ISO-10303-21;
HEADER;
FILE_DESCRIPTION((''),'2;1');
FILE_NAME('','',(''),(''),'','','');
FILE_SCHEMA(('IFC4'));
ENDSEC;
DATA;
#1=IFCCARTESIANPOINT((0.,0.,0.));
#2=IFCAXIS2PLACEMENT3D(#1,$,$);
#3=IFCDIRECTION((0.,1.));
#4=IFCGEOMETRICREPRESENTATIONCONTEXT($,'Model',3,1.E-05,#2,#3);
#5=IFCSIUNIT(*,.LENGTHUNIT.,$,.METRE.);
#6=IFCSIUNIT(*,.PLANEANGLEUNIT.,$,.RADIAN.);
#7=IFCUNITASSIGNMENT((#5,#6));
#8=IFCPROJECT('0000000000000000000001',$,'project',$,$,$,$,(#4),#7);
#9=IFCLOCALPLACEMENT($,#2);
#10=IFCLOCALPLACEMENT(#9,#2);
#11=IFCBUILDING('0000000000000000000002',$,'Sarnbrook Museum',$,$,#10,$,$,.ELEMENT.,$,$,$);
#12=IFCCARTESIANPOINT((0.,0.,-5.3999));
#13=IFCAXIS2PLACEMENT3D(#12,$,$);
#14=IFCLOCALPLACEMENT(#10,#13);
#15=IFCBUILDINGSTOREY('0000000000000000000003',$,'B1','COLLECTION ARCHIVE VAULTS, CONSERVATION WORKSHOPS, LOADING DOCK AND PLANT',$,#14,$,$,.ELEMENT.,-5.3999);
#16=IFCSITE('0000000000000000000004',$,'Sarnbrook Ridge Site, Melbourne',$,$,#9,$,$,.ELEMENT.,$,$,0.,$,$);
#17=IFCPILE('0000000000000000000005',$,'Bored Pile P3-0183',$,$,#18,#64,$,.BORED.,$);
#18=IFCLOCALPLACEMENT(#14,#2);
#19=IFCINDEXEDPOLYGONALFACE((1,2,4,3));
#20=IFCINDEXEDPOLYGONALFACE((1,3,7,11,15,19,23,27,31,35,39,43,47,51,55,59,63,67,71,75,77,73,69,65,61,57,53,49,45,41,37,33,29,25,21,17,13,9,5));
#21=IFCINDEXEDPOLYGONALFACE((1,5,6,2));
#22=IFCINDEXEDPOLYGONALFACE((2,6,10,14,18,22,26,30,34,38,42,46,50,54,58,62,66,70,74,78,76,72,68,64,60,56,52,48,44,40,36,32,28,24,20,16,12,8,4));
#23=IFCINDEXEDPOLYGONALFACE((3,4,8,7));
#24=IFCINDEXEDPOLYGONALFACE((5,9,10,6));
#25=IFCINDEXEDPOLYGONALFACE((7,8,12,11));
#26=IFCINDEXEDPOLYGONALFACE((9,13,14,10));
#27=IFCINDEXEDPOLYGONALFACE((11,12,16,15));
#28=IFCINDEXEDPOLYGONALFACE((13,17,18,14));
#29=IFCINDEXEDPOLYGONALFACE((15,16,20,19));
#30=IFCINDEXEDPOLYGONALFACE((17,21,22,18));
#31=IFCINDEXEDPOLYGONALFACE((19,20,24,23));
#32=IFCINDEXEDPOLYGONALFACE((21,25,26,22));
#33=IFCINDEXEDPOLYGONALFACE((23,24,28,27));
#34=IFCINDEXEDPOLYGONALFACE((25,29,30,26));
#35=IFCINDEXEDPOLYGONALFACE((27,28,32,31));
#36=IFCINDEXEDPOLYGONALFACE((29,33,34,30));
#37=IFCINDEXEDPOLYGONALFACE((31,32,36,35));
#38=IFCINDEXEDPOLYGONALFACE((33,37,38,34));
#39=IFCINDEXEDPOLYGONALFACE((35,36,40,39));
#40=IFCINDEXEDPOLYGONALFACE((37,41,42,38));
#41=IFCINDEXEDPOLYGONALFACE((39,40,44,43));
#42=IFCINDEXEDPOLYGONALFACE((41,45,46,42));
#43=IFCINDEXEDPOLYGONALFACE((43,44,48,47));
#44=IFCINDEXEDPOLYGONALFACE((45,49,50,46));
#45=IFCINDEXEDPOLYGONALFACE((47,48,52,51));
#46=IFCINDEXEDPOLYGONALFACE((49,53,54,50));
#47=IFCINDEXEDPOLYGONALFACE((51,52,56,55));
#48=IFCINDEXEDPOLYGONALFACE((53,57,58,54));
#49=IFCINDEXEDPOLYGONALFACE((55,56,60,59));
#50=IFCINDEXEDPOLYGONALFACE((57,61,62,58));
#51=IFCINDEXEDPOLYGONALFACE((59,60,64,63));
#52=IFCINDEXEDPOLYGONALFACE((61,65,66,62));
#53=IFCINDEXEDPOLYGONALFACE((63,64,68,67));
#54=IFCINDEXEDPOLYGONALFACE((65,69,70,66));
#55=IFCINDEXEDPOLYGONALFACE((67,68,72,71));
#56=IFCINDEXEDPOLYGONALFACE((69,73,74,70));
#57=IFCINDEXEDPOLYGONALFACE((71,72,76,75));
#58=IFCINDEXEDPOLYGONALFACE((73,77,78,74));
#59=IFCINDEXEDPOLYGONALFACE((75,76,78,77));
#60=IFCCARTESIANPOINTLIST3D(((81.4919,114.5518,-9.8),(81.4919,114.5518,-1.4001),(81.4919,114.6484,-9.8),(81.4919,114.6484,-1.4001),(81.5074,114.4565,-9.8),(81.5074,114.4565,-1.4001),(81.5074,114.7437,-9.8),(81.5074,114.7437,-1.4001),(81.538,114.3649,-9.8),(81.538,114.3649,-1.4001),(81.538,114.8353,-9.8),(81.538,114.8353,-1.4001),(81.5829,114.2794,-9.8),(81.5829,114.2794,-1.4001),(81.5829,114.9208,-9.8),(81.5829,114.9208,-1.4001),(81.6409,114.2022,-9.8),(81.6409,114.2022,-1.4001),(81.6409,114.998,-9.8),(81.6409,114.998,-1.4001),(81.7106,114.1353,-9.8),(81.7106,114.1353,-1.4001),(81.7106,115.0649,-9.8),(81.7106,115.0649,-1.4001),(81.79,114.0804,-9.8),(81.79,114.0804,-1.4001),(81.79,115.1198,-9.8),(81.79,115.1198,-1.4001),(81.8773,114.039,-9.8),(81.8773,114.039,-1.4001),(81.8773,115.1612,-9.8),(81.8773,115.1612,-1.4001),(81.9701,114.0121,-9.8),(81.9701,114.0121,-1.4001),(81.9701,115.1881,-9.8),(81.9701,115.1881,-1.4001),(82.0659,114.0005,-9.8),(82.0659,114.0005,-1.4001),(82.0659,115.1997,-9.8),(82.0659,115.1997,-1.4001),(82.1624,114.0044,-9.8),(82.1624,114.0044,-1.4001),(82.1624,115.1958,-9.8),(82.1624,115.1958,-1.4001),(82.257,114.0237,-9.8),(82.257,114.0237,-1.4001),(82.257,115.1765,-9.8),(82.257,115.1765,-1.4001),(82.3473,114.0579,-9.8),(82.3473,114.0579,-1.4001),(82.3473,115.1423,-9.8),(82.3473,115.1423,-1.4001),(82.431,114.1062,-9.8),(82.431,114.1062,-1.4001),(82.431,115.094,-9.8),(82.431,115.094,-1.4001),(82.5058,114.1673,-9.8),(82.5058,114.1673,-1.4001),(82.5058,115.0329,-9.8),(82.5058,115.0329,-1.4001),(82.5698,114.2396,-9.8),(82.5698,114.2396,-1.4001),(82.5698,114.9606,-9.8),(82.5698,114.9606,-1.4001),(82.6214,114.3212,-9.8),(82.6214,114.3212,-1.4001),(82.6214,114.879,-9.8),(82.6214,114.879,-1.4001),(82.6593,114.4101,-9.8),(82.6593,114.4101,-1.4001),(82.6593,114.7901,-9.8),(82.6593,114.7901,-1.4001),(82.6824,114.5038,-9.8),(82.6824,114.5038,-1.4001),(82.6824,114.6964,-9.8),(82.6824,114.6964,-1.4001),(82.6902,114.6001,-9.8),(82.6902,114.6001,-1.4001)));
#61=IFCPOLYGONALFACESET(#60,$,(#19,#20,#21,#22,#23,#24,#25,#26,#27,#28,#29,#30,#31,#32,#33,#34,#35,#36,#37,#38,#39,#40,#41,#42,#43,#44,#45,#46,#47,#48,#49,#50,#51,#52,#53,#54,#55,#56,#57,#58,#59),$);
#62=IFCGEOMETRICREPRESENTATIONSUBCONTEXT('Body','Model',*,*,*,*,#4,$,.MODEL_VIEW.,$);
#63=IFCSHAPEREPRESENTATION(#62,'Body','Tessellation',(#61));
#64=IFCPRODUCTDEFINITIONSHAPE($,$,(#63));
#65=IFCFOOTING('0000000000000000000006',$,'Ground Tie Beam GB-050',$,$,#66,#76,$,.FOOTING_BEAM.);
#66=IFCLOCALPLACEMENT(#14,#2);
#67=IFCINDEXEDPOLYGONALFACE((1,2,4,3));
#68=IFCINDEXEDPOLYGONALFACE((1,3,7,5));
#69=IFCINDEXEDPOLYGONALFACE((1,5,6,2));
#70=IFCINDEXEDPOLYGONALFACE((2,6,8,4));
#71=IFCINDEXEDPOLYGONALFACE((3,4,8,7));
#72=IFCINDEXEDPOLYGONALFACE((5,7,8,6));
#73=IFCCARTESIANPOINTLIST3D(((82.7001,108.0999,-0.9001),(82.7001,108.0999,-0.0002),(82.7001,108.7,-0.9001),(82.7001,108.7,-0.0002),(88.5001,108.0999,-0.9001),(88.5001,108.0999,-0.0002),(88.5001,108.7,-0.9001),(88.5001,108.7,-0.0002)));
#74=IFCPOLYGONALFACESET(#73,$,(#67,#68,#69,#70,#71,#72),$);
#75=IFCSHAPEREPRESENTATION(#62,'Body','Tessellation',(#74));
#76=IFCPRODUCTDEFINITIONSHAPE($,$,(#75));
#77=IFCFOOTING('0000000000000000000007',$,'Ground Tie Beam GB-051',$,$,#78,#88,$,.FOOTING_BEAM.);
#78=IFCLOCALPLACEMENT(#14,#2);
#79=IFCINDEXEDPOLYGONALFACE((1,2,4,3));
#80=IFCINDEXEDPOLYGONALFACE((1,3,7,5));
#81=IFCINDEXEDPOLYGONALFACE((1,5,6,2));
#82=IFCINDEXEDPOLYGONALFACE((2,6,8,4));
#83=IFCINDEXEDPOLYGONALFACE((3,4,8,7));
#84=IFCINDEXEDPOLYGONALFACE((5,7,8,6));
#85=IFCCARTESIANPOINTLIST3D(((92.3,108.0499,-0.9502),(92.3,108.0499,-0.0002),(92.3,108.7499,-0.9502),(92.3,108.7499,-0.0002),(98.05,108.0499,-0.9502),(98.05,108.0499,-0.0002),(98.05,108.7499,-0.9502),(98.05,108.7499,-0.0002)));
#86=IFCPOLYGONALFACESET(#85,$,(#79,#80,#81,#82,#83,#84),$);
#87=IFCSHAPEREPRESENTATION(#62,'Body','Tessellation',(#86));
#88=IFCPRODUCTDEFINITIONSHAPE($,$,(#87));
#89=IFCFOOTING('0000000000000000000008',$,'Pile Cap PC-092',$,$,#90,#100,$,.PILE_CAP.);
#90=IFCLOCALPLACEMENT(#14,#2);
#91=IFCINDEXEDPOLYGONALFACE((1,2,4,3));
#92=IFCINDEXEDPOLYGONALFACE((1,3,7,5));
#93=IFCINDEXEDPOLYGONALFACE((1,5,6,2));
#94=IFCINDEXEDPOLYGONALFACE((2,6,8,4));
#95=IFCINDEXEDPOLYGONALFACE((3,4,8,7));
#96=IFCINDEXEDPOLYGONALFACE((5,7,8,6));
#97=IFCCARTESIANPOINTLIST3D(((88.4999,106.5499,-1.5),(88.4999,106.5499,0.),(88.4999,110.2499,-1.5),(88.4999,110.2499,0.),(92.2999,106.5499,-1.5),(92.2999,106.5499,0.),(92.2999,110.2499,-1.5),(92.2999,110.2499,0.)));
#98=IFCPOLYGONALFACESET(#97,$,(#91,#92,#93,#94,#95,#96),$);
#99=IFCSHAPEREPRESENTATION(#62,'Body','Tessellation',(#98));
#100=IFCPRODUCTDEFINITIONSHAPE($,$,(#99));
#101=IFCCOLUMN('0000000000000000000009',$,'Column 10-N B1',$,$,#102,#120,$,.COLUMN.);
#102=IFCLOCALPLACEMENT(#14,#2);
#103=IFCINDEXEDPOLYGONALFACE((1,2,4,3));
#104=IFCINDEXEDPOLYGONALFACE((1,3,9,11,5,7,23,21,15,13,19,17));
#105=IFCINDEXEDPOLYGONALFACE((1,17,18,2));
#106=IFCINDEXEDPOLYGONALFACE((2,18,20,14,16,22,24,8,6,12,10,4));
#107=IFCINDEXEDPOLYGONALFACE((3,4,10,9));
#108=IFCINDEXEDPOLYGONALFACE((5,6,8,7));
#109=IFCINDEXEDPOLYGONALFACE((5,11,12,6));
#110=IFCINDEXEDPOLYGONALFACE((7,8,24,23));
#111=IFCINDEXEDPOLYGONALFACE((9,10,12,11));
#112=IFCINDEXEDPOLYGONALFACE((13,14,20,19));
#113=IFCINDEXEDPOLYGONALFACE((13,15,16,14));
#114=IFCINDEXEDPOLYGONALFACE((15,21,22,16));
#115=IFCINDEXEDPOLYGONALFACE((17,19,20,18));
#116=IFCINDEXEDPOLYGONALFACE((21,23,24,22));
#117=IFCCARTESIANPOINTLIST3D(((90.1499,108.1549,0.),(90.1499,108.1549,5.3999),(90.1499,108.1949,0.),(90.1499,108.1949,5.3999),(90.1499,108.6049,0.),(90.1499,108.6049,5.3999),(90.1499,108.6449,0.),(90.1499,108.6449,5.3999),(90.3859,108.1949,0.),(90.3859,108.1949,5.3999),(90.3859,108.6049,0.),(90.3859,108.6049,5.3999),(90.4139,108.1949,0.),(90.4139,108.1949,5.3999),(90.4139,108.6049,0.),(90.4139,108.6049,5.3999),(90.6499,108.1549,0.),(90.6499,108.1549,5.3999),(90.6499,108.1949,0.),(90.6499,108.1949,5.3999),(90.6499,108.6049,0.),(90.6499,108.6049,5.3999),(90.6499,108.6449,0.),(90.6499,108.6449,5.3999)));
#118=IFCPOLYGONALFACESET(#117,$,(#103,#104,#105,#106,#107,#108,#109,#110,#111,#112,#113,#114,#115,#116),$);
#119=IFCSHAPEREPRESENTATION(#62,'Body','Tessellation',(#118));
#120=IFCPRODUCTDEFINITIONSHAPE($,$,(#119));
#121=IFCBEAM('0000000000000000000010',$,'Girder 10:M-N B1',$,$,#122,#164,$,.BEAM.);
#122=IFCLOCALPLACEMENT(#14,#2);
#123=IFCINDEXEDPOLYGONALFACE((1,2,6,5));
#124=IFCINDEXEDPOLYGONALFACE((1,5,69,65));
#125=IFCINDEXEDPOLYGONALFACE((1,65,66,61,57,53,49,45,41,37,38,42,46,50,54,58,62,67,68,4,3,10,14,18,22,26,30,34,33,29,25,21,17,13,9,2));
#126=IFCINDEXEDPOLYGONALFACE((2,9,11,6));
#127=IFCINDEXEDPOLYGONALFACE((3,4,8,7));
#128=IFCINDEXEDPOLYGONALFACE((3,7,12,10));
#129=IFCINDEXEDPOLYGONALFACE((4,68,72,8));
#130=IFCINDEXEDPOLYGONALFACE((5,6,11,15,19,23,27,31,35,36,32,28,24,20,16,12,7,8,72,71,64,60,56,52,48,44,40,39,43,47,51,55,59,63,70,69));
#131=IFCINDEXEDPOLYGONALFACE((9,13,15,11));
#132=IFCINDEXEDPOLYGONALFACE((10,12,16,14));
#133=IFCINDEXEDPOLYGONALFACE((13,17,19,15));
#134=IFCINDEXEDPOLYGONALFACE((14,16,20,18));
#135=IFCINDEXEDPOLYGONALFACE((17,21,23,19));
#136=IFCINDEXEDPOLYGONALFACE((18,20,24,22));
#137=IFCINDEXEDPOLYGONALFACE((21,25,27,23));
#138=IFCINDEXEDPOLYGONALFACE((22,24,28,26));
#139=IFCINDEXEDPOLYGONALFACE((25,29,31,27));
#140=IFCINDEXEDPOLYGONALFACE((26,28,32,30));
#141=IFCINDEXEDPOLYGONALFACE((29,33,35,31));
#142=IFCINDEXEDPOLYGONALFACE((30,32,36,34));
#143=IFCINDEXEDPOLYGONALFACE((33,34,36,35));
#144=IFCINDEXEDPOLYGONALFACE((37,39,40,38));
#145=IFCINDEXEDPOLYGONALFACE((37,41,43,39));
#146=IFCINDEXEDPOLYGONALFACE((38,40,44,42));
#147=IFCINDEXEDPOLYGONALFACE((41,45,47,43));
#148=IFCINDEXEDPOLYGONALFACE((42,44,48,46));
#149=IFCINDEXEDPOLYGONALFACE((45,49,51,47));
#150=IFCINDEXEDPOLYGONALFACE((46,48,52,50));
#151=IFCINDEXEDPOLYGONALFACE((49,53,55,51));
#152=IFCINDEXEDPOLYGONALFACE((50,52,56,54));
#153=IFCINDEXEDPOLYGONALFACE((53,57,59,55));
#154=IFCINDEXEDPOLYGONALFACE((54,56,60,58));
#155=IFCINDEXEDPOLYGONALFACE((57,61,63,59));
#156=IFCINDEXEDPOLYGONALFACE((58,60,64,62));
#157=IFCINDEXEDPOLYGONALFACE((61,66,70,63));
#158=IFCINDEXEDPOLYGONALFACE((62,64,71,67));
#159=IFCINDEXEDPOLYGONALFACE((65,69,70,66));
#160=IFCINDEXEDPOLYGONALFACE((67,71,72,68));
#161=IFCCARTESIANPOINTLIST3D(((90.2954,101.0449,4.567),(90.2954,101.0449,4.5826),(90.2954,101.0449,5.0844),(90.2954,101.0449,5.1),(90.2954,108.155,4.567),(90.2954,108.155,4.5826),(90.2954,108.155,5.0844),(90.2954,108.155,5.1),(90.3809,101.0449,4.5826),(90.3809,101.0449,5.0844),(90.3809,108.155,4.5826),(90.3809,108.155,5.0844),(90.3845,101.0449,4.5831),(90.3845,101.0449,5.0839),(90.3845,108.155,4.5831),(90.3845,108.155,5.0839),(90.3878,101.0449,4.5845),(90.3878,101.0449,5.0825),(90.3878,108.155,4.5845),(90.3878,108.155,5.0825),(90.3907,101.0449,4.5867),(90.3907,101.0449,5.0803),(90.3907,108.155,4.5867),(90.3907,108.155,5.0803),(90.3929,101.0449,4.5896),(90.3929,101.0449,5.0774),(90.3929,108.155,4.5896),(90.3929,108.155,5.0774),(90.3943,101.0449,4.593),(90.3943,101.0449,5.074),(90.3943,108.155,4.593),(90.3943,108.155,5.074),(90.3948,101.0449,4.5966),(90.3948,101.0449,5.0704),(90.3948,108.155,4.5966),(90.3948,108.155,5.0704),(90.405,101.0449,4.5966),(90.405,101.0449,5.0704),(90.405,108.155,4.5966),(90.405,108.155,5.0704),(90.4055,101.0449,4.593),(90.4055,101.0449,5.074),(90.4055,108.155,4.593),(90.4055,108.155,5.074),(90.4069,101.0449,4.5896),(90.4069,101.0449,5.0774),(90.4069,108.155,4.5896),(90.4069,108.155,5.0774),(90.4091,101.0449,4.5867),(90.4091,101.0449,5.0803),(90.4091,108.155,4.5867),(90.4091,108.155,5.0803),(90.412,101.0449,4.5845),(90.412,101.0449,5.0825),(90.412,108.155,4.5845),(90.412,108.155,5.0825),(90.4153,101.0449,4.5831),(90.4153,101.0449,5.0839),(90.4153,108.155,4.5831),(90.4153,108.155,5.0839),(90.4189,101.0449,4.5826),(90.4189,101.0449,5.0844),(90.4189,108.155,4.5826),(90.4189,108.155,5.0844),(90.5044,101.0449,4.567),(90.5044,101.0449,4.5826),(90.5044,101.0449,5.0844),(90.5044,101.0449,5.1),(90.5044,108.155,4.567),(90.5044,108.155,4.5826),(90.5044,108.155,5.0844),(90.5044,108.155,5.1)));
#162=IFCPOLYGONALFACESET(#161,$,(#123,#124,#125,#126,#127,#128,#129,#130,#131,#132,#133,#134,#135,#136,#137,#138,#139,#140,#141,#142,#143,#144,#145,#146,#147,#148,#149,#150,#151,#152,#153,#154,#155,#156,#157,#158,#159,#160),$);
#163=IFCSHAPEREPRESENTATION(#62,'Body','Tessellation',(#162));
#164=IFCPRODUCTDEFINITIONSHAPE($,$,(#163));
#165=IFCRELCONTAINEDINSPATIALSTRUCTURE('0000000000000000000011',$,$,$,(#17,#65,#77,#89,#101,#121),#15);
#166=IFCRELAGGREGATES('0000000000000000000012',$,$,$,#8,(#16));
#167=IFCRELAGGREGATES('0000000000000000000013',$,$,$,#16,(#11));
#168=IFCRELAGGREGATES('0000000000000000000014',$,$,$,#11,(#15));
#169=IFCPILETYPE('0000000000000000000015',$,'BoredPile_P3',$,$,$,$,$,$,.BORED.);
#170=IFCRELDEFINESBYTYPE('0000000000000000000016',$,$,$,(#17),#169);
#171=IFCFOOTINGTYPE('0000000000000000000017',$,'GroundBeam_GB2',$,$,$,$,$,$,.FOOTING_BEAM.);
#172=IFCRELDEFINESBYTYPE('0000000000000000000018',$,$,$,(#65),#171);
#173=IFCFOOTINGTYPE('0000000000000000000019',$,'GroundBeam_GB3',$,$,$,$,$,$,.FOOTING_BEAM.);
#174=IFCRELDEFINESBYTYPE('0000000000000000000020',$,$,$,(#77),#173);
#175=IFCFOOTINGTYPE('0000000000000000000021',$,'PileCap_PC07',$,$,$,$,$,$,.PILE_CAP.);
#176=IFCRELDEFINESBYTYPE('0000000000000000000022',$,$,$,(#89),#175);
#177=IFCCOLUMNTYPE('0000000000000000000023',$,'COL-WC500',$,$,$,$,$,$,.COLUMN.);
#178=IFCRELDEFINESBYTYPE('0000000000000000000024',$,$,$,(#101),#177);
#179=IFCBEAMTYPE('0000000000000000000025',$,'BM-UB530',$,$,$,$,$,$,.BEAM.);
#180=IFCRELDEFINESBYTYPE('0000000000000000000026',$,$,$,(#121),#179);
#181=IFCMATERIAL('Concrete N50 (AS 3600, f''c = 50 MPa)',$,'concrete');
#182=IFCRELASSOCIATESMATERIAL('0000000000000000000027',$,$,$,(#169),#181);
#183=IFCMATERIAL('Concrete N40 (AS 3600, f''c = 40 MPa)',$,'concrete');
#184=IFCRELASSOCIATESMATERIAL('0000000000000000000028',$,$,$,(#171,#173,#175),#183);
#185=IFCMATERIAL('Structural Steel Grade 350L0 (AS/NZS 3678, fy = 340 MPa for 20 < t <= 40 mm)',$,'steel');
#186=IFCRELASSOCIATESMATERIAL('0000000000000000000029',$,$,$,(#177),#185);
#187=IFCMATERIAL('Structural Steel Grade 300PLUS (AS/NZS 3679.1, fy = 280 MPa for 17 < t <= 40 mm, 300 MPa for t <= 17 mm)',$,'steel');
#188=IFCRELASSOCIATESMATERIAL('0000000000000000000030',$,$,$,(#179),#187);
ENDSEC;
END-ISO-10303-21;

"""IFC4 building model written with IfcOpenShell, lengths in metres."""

from ifc_helpers import new_model, si_unit, direction, frame, origin, origin_2d, place, context, subcontext, project, spatial, rectangle, circle, i_section, extrude, material, material_profile, profile_set, type_object, element, save


model = new_model("IFC4")

# Units and contexts
model_context = context("Model", 3, precision=1e-05, world=origin(), true_north=direction((0.0, 1.0)))
body_context = subcontext(model_context, "Body", "Model", "MODEL_VIEW")
ifc_project = project(units=[si_unit("LENGTHUNIT", "METRE"), si_unit("PLANEANGLEUNIT", "RADIAN")], contexts=[model_context])

# Site, building, storey
site_placement = place(None, origin())
site = spatial("IfcSite", under=ifc_project, at=site_placement, Name="Sarnbrook Ridge Site, Melbourne", CompositionType="ELEMENT", RefElevation=0.0)
building_placement = place(site_placement, origin())
building = spatial("IfcBuilding", under=site, at=building_placement, Name="Sarnbrook Museum", CompositionType="ELEMENT")
storey_placement = place(building_placement, frame((0.0, 0.0, -5.3999)))
storey = spatial("IfcBuildingStorey", under=building, at=storey_placement, Name="B1", Description="COLLECTION ARCHIVE VAULTS, CONSERVATION WORKSHOPS, LOADING DOCK AND PLANT", CompositionType="ELEMENT", Elevation=-5.3999)

# Pile
ifc_material_1 = material(Name="Concrete N50 (AS 3600, f'c = 50 MPa)", Category="concrete")
ifc_material_profile_1 = material_profile(ifc_material_1, circle(Radius=0.6001, at=origin_2d()), Name="BORED PILE D1200")
ifc_profile_set_1 = profile_set([ifc_material_profile_1], Name="Concrete N50 (AS 3600, f'c = 50 MPa)")
pile_type_1 = type_object("IfcPileType", Name="BoredPile_P3", PredefinedType="BORED", material=ifc_profile_set_1)
for number, where, z_axis, x_axis, name in (
    (1, (82.0901, 114.6001, -1.4001), (0.0, 0.0, -1.0), (1.0, 0.0, 0.0), "Bored Pile P3-0183"),
):
    element("IfcPile", number, at=place(storey_placement, frame(where, z_axis=z_axis, x_axis=x_axis)), inside=storey, type_object=pile_type_1, Name=name, PredefinedType="BORED", context=body_context, shape_type="SweptSolid", body=[
        extrude(circle(Radius=0.6001, at=origin_2d()), origin(), (0.0, 0.0, 1.0), 8.3999),
    ])

# Footings
ifc_material_2 = material(Name="Concrete N40 (AS 3600, f'c = 40 MPa)", Category="concrete")
footing_type_1 = type_object("IfcFootingType", Name="GroundBeam_GB2", PredefinedType="FOOTING_BEAM", material=ifc_material_2)
footing_1_placement = place(storey_placement, frame((85.6001, 108.3999, -0.9001), z_axis=(0.0, 0.0, 1.0), x_axis=(1.0, 0.0, 0.0)))
element("IfcFooting", 2, at=footing_1_placement, inside=storey, type_object=footing_type_1, Name="Ground Tie Beam GB-050", PredefinedType="FOOTING_BEAM", context=body_context, shape_type="SweptSolid", body=[
    extrude(rectangle(XDim=5.8, YDim=0.6001, at=origin_2d()), origin(), (0.0, 0.0, 1.0), 0.8999),
])
footing_type_2 = type_object("IfcFootingType", Name="GroundBeam_GB3", PredefinedType="FOOTING_BEAM", material=ifc_material_2)
footing_2_placement = place(storey_placement, frame((95.175, 108.3999, -0.9502), z_axis=(0.0, 0.0, 1.0), x_axis=(1.0, 0.0, 0.0)))
element("IfcFooting", 3, at=footing_2_placement, inside=storey, type_object=footing_type_2, Name="Ground Tie Beam GB-051", PredefinedType="FOOTING_BEAM", context=body_context, shape_type="SweptSolid", body=[
    extrude(rectangle(XDim=5.75, YDim=0.7, at=origin_2d()), origin(), (0.0, 0.0, 1.0), 0.95),
])
footing_type_3 = type_object("IfcFootingType", Name="PileCap_PC07", PredefinedType="PILE_CAP", material=ifc_material_2)
footing_3_placement = place(storey_placement, frame((90.3999, 108.3999, -1.5), z_axis=(0.0, 0.0, 1.0), x_axis=(1.0, 0.0, 0.0)))
element("IfcFooting", 4, at=footing_3_placement, inside=storey, type_object=footing_type_3, Name="Pile Cap PC-092", PredefinedType="PILE_CAP", context=body_context, shape_type="SweptSolid", body=[
    extrude(rectangle(XDim=3.8, YDim=3.7, at=origin_2d()), origin(), (0.0, 0.0, 1.0), 1.5),
])

# Column
ifc_material_3 = material(Name="Structural Steel Grade 350L0 (AS/NZS 3678, fy = 340 MPa for 20 < t <= 40 mm)", Category="steel")
ifc_material_profile_2 = material_profile(ifc_material_3, i_section(OverallWidth=0.5, OverallDepth=0.49, WebThickness=0.0281, FlangeThickness=0.04, at=origin_2d()), Name="500WC340")
ifc_profile_set_2 = profile_set([ifc_material_profile_2], Name="Structural Steel Grade 350L0 (AS/NZS 3678, fy = 340 MPa for 20 < t <= 40 mm)")
column_type = type_object("IfcColumnType", Name="COL-WC500", PredefinedType="COLUMN", material=ifc_profile_set_2)
column_placement = place(storey_placement, frame((90.3999, 108.3999, 0.0), z_axis=(0.0, 0.0, 1.0), x_axis=(1.0, 0.0, 0.0)))
element("IfcColumn", 5, at=column_placement, inside=storey, type_object=column_type, Name="Column 10-N B1", PredefinedType="COLUMN", context=body_context, shape_type="SweptSolid", body=[
    extrude(i_section(OverallWidth=0.5, OverallDepth=0.49, WebThickness=0.0281, FlangeThickness=0.04, at=origin_2d()), origin(), (0.0, 0.0, 1.0), 5.3999),
])

# Beam
ifc_material_4 = material(Name="Structural Steel Grade 300PLUS (AS/NZS 3679.1, fy = 280 MPa for 17 < t <= 40 mm, 300 MPa for t <= 17 mm)", Category="steel")
ifc_material_profile_3 = material_profile(ifc_material_4, i_section(OverallWidth=0.209, OverallDepth=0.533, WebThickness=0.0103, FlangeThickness=0.0156, FilletRadius=0.0139, at=origin_2d()), Name="530UB92.4")
ifc_profile_set_3 = profile_set([ifc_material_profile_3], Name="Structural Steel Grade 300PLUS (AS/NZS 3679.1, fy = 280 MPa for 17 < t <= 40 mm, 300 MPa for t <= 17 mm)")
beam_type_1 = type_object("IfcBeamType", Name="BM-UB530", PredefinedType="BEAM", material=ifc_profile_set_3)
beam_1_placement = place(storey_placement, frame((90.3999, 101.0449, 4.8335), z_axis=(0.0, 1.0, 0.0), x_axis=(-1.0, 0.0, 0.0)))
element("IfcBeam", 6, at=beam_1_placement, inside=storey, type_object=beam_type_1, Name="Girder 10:M-N B1", PredefinedType="BEAM", context=body_context, shape_type="SweptSolid", body=[
    extrude(i_section(OverallWidth=0.209, OverallDepth=0.533, WebThickness=0.0103, FlangeThickness=0.0156, FilletRadius=0.0139, at=origin_2d()), origin(), (0.0, 0.0, 1.0), 7.1101),
])

save(model, "model.ifc")
